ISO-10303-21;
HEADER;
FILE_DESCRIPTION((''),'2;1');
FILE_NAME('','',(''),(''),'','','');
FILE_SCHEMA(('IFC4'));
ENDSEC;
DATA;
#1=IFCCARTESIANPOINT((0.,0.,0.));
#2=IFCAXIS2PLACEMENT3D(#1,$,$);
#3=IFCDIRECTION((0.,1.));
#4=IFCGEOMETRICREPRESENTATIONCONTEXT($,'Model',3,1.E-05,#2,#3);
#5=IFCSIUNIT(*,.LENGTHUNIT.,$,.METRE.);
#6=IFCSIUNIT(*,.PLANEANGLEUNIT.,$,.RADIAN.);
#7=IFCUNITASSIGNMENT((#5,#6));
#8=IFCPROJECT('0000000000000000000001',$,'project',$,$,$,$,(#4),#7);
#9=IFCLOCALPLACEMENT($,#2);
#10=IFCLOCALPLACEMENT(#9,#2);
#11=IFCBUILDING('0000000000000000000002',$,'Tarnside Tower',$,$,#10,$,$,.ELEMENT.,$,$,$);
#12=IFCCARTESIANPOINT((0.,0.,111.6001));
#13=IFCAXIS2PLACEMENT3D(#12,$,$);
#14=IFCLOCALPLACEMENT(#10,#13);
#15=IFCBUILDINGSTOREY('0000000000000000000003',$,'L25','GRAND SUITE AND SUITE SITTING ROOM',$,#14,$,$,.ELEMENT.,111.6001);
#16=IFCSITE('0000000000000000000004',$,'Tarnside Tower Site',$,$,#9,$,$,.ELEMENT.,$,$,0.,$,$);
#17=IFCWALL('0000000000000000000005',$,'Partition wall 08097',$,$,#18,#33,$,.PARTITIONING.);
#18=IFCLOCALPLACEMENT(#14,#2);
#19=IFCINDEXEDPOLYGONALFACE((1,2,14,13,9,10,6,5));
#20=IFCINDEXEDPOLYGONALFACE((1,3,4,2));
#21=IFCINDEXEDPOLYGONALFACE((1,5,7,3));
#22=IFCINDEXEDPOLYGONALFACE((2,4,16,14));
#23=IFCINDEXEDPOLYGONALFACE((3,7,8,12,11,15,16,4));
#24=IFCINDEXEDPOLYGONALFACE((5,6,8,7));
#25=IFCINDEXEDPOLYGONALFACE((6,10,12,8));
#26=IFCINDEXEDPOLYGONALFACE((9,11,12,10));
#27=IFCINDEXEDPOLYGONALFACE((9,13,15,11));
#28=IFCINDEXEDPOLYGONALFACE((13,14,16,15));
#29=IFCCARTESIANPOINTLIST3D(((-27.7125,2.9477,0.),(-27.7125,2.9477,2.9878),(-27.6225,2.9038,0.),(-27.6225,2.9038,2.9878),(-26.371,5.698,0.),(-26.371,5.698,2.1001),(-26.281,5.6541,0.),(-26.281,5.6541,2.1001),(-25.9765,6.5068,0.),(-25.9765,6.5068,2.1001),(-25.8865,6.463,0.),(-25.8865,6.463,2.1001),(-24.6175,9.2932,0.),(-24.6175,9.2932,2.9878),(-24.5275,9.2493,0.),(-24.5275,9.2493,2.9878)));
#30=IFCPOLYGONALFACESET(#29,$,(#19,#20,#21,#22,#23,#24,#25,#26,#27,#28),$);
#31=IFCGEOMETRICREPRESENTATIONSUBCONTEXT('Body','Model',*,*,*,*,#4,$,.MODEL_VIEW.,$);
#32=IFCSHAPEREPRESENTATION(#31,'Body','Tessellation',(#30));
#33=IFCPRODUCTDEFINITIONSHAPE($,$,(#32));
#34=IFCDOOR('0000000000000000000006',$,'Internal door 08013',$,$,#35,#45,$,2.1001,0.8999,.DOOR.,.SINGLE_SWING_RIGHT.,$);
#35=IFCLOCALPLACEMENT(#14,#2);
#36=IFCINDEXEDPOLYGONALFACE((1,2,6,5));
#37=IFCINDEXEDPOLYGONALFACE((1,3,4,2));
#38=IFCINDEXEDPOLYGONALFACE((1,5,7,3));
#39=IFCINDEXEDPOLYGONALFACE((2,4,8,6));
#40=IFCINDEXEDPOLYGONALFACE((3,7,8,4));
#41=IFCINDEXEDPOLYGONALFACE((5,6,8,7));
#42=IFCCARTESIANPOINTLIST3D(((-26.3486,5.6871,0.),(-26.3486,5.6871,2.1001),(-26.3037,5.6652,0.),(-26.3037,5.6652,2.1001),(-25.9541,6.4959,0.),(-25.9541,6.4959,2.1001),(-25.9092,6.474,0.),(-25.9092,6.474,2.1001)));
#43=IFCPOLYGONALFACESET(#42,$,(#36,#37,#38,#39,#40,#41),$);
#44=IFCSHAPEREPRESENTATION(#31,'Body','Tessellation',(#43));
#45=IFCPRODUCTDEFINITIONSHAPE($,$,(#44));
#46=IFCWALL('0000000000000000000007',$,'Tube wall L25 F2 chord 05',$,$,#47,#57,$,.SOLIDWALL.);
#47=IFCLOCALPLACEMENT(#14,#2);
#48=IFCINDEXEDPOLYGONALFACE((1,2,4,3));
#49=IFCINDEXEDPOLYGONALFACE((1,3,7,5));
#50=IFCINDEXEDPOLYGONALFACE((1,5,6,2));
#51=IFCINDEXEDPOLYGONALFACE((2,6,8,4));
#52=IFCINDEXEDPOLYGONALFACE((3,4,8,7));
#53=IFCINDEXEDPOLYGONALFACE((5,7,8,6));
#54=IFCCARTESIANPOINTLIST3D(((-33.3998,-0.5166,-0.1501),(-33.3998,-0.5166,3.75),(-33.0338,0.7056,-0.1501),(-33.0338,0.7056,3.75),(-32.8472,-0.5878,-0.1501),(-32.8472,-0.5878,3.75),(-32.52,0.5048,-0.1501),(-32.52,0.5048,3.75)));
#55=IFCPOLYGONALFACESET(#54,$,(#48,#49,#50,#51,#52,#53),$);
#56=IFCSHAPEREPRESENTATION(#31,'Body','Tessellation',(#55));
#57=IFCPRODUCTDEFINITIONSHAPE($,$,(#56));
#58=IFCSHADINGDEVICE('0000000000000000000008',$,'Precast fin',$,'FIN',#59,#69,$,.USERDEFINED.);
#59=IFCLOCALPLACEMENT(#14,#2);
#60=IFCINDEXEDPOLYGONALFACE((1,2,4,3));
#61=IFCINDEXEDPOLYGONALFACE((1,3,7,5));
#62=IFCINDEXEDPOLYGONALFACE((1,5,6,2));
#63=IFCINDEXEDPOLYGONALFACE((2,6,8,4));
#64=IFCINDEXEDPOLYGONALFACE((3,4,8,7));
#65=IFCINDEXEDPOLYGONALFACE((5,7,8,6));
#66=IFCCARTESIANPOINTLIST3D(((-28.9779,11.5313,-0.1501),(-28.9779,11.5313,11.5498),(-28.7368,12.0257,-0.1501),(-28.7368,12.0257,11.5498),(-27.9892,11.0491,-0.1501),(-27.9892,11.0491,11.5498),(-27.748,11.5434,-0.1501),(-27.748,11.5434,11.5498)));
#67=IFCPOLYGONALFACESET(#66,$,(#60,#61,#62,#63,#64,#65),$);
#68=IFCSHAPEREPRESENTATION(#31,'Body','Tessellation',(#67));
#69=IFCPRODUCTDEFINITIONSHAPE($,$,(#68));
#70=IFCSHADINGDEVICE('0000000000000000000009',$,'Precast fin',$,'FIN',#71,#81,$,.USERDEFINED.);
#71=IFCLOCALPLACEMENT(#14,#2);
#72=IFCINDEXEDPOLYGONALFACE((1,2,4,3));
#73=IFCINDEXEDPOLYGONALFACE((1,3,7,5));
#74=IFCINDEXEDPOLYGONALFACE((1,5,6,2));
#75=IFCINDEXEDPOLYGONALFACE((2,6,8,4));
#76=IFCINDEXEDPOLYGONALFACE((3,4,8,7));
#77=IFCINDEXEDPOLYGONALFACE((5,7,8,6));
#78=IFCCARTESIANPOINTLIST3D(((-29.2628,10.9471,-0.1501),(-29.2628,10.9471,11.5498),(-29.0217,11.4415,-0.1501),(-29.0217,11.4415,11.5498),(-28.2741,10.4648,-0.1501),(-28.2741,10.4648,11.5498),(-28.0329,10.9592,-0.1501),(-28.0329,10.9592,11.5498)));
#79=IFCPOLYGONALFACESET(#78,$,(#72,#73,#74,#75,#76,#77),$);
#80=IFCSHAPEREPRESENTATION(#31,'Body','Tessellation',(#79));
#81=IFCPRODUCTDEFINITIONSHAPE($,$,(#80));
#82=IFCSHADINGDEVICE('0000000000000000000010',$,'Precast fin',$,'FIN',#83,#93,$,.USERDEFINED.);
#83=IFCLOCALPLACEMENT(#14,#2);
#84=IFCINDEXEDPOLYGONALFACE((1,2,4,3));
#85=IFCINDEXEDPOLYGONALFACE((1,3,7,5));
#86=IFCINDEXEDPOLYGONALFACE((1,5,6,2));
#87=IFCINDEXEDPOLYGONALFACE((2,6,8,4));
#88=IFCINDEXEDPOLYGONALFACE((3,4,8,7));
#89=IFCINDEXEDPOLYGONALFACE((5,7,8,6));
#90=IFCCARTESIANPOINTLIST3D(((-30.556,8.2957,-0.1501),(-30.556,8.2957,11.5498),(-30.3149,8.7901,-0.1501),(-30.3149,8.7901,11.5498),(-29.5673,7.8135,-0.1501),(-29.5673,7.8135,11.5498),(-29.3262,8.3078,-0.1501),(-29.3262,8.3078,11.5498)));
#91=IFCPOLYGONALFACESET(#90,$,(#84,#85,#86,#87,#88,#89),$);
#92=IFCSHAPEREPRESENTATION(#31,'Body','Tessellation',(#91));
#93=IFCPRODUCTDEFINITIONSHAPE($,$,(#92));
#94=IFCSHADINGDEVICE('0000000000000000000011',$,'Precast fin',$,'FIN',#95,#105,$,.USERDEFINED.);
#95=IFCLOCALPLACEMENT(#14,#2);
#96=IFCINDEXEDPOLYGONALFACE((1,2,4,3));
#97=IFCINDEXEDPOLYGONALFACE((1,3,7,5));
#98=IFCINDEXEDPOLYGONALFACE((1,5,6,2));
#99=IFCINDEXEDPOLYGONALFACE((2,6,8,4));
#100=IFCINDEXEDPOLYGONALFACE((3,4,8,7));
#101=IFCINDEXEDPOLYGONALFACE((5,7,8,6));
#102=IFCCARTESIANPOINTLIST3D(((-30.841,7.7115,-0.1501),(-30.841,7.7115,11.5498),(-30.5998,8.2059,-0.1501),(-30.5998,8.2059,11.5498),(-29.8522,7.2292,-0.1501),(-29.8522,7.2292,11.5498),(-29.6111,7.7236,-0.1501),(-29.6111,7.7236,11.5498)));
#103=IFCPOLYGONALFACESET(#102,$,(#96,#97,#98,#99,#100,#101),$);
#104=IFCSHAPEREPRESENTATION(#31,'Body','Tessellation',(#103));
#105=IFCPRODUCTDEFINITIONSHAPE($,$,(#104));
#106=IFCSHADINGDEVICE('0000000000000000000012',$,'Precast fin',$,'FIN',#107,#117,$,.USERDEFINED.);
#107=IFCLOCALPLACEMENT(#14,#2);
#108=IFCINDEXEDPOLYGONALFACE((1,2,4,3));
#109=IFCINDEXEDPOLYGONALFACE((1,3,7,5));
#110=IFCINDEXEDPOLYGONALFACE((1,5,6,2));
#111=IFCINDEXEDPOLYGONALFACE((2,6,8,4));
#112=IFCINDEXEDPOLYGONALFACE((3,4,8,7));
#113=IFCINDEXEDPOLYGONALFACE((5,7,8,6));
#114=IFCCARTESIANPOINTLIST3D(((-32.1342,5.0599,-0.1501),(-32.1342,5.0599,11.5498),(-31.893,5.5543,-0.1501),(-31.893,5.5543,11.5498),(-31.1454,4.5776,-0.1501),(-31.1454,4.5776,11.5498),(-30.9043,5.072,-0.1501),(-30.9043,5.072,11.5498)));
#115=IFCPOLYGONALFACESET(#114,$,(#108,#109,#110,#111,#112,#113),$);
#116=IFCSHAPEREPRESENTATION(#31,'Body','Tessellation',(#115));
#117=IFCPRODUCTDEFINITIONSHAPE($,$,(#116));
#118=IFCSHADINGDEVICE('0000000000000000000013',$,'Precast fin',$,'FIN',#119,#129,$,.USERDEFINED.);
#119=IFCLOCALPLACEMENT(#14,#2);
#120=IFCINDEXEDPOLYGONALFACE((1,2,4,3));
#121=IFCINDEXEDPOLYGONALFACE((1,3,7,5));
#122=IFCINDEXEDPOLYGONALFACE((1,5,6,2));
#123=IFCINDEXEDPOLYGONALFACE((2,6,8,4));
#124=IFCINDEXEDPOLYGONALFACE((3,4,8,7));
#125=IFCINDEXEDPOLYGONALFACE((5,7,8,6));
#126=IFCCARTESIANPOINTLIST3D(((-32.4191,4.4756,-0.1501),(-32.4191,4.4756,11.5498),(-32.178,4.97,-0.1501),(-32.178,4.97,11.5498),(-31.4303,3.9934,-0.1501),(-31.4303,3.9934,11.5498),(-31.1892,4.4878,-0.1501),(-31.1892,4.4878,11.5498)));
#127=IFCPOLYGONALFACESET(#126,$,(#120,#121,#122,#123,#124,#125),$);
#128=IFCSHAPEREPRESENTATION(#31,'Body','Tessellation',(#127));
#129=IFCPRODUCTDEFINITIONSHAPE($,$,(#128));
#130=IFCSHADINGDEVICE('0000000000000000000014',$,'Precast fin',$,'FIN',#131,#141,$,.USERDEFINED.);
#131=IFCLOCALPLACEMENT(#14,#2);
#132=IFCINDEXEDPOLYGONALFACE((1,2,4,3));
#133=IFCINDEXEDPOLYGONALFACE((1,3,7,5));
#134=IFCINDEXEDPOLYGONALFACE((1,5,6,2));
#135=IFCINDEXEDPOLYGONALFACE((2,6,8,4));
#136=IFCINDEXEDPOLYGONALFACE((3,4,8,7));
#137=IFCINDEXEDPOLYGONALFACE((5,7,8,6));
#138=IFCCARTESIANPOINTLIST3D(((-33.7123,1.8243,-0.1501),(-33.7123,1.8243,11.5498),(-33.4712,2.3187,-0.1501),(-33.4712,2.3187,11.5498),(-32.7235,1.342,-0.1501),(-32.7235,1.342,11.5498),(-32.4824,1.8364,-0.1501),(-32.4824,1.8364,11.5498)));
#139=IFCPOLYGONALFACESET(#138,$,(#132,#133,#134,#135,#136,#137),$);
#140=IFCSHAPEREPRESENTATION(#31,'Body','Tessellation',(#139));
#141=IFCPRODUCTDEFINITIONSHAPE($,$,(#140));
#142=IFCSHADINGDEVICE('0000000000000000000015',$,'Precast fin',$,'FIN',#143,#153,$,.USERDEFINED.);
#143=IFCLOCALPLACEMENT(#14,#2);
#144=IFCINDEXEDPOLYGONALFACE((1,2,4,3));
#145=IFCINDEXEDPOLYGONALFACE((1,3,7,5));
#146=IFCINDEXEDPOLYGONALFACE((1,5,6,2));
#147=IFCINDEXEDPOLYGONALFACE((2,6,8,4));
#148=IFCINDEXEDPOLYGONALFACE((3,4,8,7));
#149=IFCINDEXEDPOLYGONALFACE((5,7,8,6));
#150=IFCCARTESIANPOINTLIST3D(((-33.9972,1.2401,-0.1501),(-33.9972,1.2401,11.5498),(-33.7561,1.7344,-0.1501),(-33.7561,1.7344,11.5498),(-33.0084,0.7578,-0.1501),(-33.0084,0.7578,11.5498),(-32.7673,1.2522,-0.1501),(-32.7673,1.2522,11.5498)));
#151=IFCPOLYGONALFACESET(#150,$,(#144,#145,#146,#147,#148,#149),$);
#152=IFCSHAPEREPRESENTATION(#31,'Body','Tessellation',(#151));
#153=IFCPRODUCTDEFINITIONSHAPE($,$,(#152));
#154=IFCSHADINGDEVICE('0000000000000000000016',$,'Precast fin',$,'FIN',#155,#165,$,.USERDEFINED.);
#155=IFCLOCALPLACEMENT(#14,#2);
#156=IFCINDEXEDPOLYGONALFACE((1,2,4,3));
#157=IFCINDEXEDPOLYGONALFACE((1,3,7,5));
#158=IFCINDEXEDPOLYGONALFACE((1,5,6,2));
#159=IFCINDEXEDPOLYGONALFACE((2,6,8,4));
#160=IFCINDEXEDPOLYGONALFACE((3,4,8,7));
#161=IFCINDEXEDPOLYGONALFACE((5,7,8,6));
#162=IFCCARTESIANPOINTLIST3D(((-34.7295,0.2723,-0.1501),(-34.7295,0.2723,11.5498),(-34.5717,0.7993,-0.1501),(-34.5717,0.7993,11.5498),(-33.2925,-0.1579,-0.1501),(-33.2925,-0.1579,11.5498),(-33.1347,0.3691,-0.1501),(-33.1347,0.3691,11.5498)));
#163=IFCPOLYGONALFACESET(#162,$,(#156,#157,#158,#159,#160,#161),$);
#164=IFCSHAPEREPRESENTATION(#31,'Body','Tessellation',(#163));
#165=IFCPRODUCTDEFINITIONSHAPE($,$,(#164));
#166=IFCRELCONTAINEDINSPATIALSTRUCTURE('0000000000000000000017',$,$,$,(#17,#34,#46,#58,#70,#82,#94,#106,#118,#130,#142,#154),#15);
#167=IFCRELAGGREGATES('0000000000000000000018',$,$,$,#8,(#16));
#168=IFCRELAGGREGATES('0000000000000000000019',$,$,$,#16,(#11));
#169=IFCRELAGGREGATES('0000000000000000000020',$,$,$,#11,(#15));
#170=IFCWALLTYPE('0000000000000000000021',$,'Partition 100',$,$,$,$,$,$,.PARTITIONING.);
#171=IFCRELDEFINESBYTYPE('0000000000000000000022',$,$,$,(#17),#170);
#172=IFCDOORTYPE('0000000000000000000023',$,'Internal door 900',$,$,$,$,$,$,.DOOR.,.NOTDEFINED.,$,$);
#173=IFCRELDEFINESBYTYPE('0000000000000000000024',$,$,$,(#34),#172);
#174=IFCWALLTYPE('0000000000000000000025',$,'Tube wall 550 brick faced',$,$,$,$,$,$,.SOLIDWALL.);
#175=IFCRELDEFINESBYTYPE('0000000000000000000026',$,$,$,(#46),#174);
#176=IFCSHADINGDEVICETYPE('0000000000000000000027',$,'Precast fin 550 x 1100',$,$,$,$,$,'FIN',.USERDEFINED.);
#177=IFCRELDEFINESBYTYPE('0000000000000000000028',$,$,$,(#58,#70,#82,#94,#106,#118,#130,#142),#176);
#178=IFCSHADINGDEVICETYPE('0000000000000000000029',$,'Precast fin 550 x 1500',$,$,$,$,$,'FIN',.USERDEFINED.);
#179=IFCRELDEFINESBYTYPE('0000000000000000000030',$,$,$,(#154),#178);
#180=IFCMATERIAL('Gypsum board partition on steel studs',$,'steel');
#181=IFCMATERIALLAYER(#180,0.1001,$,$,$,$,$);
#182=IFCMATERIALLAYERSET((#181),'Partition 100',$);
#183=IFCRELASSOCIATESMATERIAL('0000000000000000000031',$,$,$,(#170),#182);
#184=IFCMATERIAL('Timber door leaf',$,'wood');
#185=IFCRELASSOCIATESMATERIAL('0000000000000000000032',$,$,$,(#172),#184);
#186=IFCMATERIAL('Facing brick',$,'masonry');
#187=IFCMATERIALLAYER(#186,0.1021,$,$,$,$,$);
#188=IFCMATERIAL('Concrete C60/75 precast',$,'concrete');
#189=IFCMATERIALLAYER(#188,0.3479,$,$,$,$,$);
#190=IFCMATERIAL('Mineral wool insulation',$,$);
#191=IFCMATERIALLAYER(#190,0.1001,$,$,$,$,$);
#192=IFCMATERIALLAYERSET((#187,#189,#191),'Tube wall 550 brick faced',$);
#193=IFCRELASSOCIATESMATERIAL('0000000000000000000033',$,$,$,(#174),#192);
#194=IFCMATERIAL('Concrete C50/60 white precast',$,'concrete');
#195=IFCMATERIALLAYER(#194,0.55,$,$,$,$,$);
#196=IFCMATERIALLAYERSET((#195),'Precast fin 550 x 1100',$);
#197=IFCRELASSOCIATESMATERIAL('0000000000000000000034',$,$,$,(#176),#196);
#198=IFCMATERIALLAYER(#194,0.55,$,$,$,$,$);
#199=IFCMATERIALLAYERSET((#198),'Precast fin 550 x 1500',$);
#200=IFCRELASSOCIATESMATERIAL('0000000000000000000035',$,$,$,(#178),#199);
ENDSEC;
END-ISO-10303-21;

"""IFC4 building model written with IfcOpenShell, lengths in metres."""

from ifc_helpers import new_model, si_unit, direction, frame, frame_2d, origin, place, context, subcontext, project, spatial, polyline, rectangle, outline, extrude, material, layer, layer_set, type_object, element, fill, save


model = new_model("IFC4")

# Units and contexts
model_context = context("Model", 3, precision=1e-05, world=origin(), true_north=direction((0.0, 1.0)))
body_context = subcontext(model_context, "Body", "Model", "MODEL_VIEW")
ifc_project = project(units=[si_unit("LENGTHUNIT", "METRE"), si_unit("PLANEANGLEUNIT", "RADIAN")], contexts=[model_context])

# Site, building, storey
site_placement = place(None, origin())
site = spatial("IfcSite", under=ifc_project, at=site_placement, Name="Tarnside Tower Site", CompositionType="ELEMENT", RefElevation=0.0)
building_placement = place(site_placement, origin())
building = spatial("IfcBuilding", under=site, at=building_placement, Name="Tarnside Tower", CompositionType="ELEMENT")
storey_placement = place(building_placement, frame((0.0, 0.0, 111.6001)))
storey = spatial("IfcBuildingStorey", under=building, at=storey_placement, Name="L25", Description="GRAND SUITE AND SUITE SITTING ROOM", CompositionType="ELEMENT", Elevation=111.6001)

# Shared definitions
ifc_material_1 = material(Name="Gypsum board partition on steel studs", Category="steel")
ifc_material_2 = material(Name="Timber door leaf", Category="wood")

# Shared definitions
ifc_layer_1 = layer(ifc_material_1, 0.1001)
ifc_layer_set_1 = layer_set([ifc_layer_1], Name="Partition 100")
wall_type_1 = type_object("IfcWallType", Name="Partition 100", PredefinedType="PARTITIONING", material=ifc_layer_set_1)

# Wall, opening, door
wall_1_placement = place(storey_placement, frame((-24.5725, 9.2712, 0.0), z_axis=(0.0, 0.0, 1.0), x_axis=(-0.438381, -0.898789, 0.0)))
wall_1 = element("IfcWall", 1, at=wall_1_placement, inside=storey, type_object=wall_type_1, Name="Partition wall 08097", PredefinedType="PARTITIONING", context=body_context, shape_type="SweptSolid", body=[
    extrude(rectangle(XDim=7.0601, YDim=0.1001, at=frame_2d((3.53, 0.0))), origin(), (0.0, 0.0, 1.0), 2.9878),
])
opening_1_placement = place(wall_1_placement, frame((3.1001, 0.0, 0.0)))
opening_1 = element("IfcOpeningElement", 2, at=opening_1_placement, cuts=wall_1, PredefinedType="OPENING", context=body_context, shape_type="SweptSolid", body=[
    extrude(rectangle(XDim=0.8999, YDim=2.1001, at=frame_2d((0.45, 1.05))), frame((0.0, 0.0601, 0.0), z_axis=(0.0, -1.0, 0.0), x_axis=(1.0, 0.0, 0.0)), (0.0, 0.0, 1.0), 0.1201),
])
door_type_1 = type_object("IfcDoorType", Name="Internal door 900", OperationType="NOTDEFINED", PredefinedType="DOOR", material=ifc_material_2)
door_1_placement = place(opening_1_placement, origin())
door_1 = element("IfcDoor", 3, at=door_1_placement, inside=storey, type_object=door_type_1, Name="Internal door 08013", OperationType="SINGLE_SWING_RIGHT", OverallHeight=2.1001, OverallWidth=0.8999, PredefinedType="DOOR", context=body_context, shape_type="SweptSolid", body=[
    extrude(rectangle(XDim=0.8999, YDim=2.1001, at=frame_2d((0.45, 1.05))), frame((0.0, 0.0249, 0.0), z_axis=(0.0, -1.0, 0.0), x_axis=(1.0, 0.0, 0.0)), (0.0, 0.0, 1.0), 0.05),
])
fill(opening_1, door_1)

# Wall
ifc_material_3 = material(Name="Facing brick", Category="masonry")
ifc_layer_2 = layer(ifc_material_3, 0.1021)
ifc_material_4 = material(Name="Concrete C60/75 precast", Category="concrete")
ifc_layer_3 = layer(ifc_material_4, 0.3479)
ifc_material_5 = material(Name="Mineral wool insulation")
ifc_layer_4 = layer(ifc_material_5, 0.1001)
ifc_layer_set_2 = layer_set([ifc_layer_2, ifc_layer_3, ifc_layer_4], Name="Tube wall 550 brick faced")
wall_type_2 = type_object("IfcWallType", Name="Tube wall 550 brick faced", PredefinedType="SOLIDWALL", material=ifc_layer_set_2)
wall_2_placement = place(storey_placement, frame((-32.7769, 0.6052, -0.1501), z_axis=(0.0, 0.0, 1.0), x_axis=(-0.286921, -0.957954, 0.0)))
element("IfcWall", 4, at=wall_2_placement, inside=storey, type_object=wall_type_2, Name="Tube wall L25 F2 chord 05", PredefinedType="SOLIDWALL", context=body_context, shape_type="SweptSolid", body=[
    extrude(outline(polyline([(-0.0225, -0.2749), (1.2534, -0.2749), (1.1631, 0.2749), (0.0225, 0.2749), (-0.0225, -0.2749)])), origin(), (0.0, 0.0, 1.0), 3.9001),
])

# Shading devices
ifc_material_6 = material(Name="Concrete C50/60 white precast", Category="concrete")
ifc_layer_5 = layer(ifc_material_6, 0.55)
ifc_layer_set_3 = layer_set([ifc_layer_5], Name="Precast fin 550 x 1100")
shading_device_type_1 = type_object("IfcShadingDeviceType", Name="Precast fin 550 x 1100", ElementType="FIN", PredefinedType="USERDEFINED", material=ifc_layer_set_3)
for number, where, z_axis, x_axis, name in (
    (5, (-27.8687, 11.2961, -0.1501), (0.438371, 0.898794, 0.0), (-0.898794, 0.438371, 0.0), "Precast fin"),
    (6, (-28.1536, 10.7119, -0.1501), (0.438371, 0.898794, 0.0), (-0.898794, 0.438371, 0.0), "Precast fin"),
    (7, (-29.4468, 8.0605, -0.1501), (0.438371, 0.898794, 0.0), (-0.898794, 0.438371, 0.0), "Precast fin"),
    (8, (-29.7317, 7.4763, -0.1501), (0.438371, 0.898794, 0.0), (-0.898794, 0.438371, 0.0), "Precast fin"),
    (9, (-31.0249, 4.8247, -0.1501), (0.438371, 0.898794, 0.0), (-0.898794, 0.438371, 0.0), "Precast fin"),
    (10, (-31.3098, 4.2405, -0.1501), (0.438371, 0.898794, 0.0), (-0.898794, 0.438371, 0.0), "Precast fin"),
    (11, (-32.603, 1.5891, -0.1501), (0.438371, 0.898794, 0.0), (-0.898794, 0.438371, 0.0), "Precast fin"),
    (12, (-32.8879, 1.0049, -0.1501), (0.438371, 0.898794, 0.0), (-0.898794, 0.438371, 0.0), "Precast fin"),
):
    element("IfcShadingDevice", number, at=place(storey_placement, frame(where, z_axis=z_axis, x_axis=x_axis)), inside=storey, type_object=shading_device_type_1, Name=name, ObjectType="FIN", PredefinedType="USERDEFINED", context=body_context, shape_type="SweptSolid", body=[
        extrude(outline(polyline([(0.0, 0.0), (1.1001, 0.0), (1.1001, 11.7), (0.0, 11.7), (0.0, 0.0)])), frame((0.0, 0.0, -0.2749)), (0.0, 0.0, 1.0), 0.55),
    ])
ifc_layer_6 = layer(ifc_material_6, 0.55)
ifc_layer_set_4 = layer_set([ifc_layer_6], Name="Precast fin 550 x 1500")
shading_device_type_2 = type_object("IfcShadingDeviceType", Name="Precast fin 550 x 1500", ElementType="FIN", PredefinedType="USERDEFINED", material=ifc_layer_set_4)
shading_device_placement = place(storey_placement, frame((-33.2136, 0.1055, -0.1501), z_axis=(0.286803, 0.95799, 0.0), x_axis=(-0.95799, 0.286803, 0.0)))
element("IfcShadingDevice", 13, at=shading_device_placement, inside=storey, type_object=shading_device_type_2, Name="Precast fin", ObjectType="FIN", PredefinedType="USERDEFINED", context=body_context, shape_type="SweptSolid", body=[
    extrude(outline(polyline([(0.0, 0.0), (1.5, 0.0), (1.5, 11.7), (0.0, 11.7), (0.0, 0.0)])), frame((0.0, 0.0, -0.2749)), (0.0, 0.0, 1.0), 0.55),
])

save(model, "model.ifc")
